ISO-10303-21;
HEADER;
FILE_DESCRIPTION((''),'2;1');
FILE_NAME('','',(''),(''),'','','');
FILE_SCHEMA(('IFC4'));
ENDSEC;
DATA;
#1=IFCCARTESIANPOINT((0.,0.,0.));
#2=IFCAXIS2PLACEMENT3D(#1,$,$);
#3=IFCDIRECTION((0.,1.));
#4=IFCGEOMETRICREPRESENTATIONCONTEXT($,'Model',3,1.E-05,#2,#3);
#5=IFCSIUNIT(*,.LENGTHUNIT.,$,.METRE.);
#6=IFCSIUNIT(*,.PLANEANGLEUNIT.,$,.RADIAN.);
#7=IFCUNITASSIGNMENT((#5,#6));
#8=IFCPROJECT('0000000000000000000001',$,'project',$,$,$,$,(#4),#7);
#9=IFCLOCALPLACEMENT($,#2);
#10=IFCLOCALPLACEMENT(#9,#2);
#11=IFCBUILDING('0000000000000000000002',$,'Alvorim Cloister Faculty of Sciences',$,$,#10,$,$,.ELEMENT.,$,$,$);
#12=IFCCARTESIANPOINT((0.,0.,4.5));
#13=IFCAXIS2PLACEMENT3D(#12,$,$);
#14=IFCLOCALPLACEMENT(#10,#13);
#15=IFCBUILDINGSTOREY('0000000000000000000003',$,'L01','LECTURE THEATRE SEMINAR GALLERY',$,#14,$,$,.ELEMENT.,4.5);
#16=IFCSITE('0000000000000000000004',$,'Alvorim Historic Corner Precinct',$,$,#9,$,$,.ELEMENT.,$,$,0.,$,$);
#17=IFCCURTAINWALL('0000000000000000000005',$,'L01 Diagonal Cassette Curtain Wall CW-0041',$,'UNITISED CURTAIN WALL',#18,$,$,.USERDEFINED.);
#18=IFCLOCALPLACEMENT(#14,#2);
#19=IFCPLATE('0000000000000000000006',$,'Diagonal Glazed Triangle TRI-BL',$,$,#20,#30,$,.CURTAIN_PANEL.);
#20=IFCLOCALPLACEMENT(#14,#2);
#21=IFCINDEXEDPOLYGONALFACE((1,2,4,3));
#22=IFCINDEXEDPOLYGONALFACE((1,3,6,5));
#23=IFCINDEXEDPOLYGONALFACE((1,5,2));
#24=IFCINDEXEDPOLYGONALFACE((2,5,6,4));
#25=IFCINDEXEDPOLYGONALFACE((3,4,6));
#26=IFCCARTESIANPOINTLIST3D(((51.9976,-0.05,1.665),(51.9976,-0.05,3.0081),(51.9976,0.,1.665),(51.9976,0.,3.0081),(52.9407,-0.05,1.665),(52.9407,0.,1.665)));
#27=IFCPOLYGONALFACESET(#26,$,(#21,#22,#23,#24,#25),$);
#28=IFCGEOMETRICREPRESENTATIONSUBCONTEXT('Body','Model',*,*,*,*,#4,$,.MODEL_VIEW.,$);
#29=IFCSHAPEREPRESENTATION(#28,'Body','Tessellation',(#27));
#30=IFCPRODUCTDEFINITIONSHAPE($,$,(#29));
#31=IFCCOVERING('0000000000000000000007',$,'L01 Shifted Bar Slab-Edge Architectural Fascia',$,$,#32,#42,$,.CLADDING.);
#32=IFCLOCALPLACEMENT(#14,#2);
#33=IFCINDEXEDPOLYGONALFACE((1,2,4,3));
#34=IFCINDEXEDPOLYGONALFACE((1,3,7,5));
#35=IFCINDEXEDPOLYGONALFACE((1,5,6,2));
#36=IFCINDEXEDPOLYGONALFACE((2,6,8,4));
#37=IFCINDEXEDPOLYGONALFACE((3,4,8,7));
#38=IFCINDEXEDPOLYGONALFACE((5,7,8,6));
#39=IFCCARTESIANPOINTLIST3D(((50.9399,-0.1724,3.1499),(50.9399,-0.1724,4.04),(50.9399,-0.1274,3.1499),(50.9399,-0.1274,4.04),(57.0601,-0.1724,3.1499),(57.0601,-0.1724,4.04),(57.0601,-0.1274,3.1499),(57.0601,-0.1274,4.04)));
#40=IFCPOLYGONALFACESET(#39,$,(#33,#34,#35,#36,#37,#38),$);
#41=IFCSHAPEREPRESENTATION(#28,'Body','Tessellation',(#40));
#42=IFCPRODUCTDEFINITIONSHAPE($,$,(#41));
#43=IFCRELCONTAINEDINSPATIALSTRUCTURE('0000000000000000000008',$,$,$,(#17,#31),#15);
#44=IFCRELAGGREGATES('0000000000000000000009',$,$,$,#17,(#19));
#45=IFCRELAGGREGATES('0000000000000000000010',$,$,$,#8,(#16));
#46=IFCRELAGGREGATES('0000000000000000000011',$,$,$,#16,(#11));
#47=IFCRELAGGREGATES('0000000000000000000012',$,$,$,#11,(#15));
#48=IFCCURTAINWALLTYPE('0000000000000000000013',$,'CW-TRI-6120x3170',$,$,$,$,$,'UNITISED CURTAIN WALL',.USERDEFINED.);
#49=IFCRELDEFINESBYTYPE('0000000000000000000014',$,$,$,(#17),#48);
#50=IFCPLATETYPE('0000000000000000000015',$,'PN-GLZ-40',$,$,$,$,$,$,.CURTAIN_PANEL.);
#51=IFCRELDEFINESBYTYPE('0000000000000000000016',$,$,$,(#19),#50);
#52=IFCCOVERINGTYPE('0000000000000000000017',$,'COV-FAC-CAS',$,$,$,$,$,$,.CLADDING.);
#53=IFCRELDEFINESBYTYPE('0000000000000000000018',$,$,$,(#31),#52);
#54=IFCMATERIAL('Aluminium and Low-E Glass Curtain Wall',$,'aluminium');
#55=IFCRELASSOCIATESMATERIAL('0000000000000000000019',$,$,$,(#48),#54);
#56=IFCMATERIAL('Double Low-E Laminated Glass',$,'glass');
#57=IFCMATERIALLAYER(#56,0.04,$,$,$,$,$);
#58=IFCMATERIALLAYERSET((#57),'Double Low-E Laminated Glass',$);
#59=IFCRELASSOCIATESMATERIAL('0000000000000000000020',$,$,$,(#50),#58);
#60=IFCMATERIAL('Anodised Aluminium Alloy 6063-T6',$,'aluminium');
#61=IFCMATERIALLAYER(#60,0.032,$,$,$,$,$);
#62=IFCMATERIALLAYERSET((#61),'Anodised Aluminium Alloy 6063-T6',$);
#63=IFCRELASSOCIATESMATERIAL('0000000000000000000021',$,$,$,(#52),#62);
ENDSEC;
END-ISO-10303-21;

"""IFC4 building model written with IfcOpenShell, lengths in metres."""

from ifc_helpers import new_model, si_unit, direction, frame, origin, place, context, subcontext, project, spatial, polyline, outline, extrude, material, layer, layer_set, type_object, element, aggregate, save


model = new_model("IFC4")

# Units and contexts
model_context = context("Model", 3, precision=1e-05, world=origin(), true_north=direction((0.0, 1.0)))
body_context = subcontext(model_context, "Body", "Model", "MODEL_VIEW")
ifc_project = project(units=[si_unit("LENGTHUNIT", "METRE"), si_unit("PLANEANGLEUNIT", "RADIAN")], contexts=[model_context])

# Site, building, storey
site_placement = place(None, origin())
site = spatial("IfcSite", under=ifc_project, at=site_placement, Name="Alvorim Historic Corner Precinct", CompositionType="ELEMENT", RefElevation=0.0)
building_placement = place(site_placement, origin())
building = spatial("IfcBuilding", under=site, at=building_placement, Name="Alvorim Cloister Faculty of Sciences", CompositionType="ELEMENT")
storey_placement = place(building_placement, frame((0.0, 0.0, 4.5)))
storey = spatial("IfcBuildingStorey", under=building, at=storey_placement, Name="L01", Description="LECTURE THEATRE SEMINAR GALLERY", CompositionType="ELEMENT", Elevation=4.5)

# Curtain wall, plate
ifc_material_1 = material(Name="Aluminium and Low-E Glass Curtain Wall", Category="aluminium")
curtain_wall_type = type_object("IfcCurtainWallType", Name="CW-TRI-6120x3170", ElementType="UNITISED CURTAIN WALL", PredefinedType="USERDEFINED", material=ifc_material_1)
curtain_wall_placement = place(storey_placement, origin())
curtain_wall = element("IfcCurtainWall", 1, at=curtain_wall_placement, inside=storey, type_object=curtain_wall_type, Name="L01 Diagonal Cassette Curtain Wall CW-0041", ObjectType="UNITISED CURTAIN WALL", PredefinedType="USERDEFINED")
ifc_material_2 = material(Name="Double Low-E Laminated Glass", Category="glass")
ifc_layer_1 = layer(ifc_material_2, 0.04)
ifc_layer_set_1 = layer_set([ifc_layer_1], Name="Double Low-E Laminated Glass")
plate_type = type_object("IfcPlateType", Name="PN-GLZ-40", PredefinedType="CURTAIN_PANEL", material=ifc_layer_set_1)
plate_1_placement = place(storey_placement, frame((51.9976, -0.0249, 1.665), z_axis=(0.0, 0.0, 1.0), x_axis=(1.0, 0.0, 0.0)))
plate_1 = element("IfcPlate", 2, at=plate_1_placement, type_object=plate_type, Name="Diagonal Glazed Triangle TRI-BL", PredefinedType="CURTAIN_PANEL", context=body_context, shape_type="SweptSolid", body=[
    extrude(outline(polyline([(0.0, 0.0), (0.9431, 0.0), (0.0, 1.343), (0.0, 0.0)])), frame((0.0, 0.0249, 0.0), z_axis=(0.0, -1.0, 0.0), x_axis=(1.0, 0.0, 0.0)), (0.0, 0.0, 1.0), 0.05),
])
aggregate(curtain_wall, [plate_1])

# Covering
ifc_material_3 = material(Name="Anodised Aluminium Alloy 6063-T6", Category="aluminium")
ifc_layer_2 = layer(ifc_material_3, 0.032)
ifc_layer_set_2 = layer_set([ifc_layer_2], Name="Anodised Aluminium Alloy 6063-T6")
covering_type = type_object("IfcCoveringType", Name="COV-FAC-CAS", PredefinedType="CLADDING", material=ifc_layer_set_2)
covering_placement = place(storey_placement, frame((50.9399, -0.1499, 3.1499), z_axis=(0.0, 0.0, 1.0), x_axis=(1.0, 0.0, 0.0)))
element("IfcCovering", 3, at=covering_placement, inside=storey, type_object=covering_type, Name="L01 Shifted Bar Slab-Edge Architectural Fascia", PredefinedType="CLADDING", context=body_context, shape_type="SweptSolid", body=[
    extrude(outline(polyline([(0.0, 0.0), (6.1201, 0.0), (6.1201, 0.8901), (0.0, 0.8901), (0.0, 0.0)])), frame((0.0, 0.0225, 0.0), z_axis=(0.0, -1.0, 0.0), x_axis=(1.0, 0.0, 0.0)), (0.0, 0.0, 1.0), 0.0449),
])

save(model, "model.ifc")
